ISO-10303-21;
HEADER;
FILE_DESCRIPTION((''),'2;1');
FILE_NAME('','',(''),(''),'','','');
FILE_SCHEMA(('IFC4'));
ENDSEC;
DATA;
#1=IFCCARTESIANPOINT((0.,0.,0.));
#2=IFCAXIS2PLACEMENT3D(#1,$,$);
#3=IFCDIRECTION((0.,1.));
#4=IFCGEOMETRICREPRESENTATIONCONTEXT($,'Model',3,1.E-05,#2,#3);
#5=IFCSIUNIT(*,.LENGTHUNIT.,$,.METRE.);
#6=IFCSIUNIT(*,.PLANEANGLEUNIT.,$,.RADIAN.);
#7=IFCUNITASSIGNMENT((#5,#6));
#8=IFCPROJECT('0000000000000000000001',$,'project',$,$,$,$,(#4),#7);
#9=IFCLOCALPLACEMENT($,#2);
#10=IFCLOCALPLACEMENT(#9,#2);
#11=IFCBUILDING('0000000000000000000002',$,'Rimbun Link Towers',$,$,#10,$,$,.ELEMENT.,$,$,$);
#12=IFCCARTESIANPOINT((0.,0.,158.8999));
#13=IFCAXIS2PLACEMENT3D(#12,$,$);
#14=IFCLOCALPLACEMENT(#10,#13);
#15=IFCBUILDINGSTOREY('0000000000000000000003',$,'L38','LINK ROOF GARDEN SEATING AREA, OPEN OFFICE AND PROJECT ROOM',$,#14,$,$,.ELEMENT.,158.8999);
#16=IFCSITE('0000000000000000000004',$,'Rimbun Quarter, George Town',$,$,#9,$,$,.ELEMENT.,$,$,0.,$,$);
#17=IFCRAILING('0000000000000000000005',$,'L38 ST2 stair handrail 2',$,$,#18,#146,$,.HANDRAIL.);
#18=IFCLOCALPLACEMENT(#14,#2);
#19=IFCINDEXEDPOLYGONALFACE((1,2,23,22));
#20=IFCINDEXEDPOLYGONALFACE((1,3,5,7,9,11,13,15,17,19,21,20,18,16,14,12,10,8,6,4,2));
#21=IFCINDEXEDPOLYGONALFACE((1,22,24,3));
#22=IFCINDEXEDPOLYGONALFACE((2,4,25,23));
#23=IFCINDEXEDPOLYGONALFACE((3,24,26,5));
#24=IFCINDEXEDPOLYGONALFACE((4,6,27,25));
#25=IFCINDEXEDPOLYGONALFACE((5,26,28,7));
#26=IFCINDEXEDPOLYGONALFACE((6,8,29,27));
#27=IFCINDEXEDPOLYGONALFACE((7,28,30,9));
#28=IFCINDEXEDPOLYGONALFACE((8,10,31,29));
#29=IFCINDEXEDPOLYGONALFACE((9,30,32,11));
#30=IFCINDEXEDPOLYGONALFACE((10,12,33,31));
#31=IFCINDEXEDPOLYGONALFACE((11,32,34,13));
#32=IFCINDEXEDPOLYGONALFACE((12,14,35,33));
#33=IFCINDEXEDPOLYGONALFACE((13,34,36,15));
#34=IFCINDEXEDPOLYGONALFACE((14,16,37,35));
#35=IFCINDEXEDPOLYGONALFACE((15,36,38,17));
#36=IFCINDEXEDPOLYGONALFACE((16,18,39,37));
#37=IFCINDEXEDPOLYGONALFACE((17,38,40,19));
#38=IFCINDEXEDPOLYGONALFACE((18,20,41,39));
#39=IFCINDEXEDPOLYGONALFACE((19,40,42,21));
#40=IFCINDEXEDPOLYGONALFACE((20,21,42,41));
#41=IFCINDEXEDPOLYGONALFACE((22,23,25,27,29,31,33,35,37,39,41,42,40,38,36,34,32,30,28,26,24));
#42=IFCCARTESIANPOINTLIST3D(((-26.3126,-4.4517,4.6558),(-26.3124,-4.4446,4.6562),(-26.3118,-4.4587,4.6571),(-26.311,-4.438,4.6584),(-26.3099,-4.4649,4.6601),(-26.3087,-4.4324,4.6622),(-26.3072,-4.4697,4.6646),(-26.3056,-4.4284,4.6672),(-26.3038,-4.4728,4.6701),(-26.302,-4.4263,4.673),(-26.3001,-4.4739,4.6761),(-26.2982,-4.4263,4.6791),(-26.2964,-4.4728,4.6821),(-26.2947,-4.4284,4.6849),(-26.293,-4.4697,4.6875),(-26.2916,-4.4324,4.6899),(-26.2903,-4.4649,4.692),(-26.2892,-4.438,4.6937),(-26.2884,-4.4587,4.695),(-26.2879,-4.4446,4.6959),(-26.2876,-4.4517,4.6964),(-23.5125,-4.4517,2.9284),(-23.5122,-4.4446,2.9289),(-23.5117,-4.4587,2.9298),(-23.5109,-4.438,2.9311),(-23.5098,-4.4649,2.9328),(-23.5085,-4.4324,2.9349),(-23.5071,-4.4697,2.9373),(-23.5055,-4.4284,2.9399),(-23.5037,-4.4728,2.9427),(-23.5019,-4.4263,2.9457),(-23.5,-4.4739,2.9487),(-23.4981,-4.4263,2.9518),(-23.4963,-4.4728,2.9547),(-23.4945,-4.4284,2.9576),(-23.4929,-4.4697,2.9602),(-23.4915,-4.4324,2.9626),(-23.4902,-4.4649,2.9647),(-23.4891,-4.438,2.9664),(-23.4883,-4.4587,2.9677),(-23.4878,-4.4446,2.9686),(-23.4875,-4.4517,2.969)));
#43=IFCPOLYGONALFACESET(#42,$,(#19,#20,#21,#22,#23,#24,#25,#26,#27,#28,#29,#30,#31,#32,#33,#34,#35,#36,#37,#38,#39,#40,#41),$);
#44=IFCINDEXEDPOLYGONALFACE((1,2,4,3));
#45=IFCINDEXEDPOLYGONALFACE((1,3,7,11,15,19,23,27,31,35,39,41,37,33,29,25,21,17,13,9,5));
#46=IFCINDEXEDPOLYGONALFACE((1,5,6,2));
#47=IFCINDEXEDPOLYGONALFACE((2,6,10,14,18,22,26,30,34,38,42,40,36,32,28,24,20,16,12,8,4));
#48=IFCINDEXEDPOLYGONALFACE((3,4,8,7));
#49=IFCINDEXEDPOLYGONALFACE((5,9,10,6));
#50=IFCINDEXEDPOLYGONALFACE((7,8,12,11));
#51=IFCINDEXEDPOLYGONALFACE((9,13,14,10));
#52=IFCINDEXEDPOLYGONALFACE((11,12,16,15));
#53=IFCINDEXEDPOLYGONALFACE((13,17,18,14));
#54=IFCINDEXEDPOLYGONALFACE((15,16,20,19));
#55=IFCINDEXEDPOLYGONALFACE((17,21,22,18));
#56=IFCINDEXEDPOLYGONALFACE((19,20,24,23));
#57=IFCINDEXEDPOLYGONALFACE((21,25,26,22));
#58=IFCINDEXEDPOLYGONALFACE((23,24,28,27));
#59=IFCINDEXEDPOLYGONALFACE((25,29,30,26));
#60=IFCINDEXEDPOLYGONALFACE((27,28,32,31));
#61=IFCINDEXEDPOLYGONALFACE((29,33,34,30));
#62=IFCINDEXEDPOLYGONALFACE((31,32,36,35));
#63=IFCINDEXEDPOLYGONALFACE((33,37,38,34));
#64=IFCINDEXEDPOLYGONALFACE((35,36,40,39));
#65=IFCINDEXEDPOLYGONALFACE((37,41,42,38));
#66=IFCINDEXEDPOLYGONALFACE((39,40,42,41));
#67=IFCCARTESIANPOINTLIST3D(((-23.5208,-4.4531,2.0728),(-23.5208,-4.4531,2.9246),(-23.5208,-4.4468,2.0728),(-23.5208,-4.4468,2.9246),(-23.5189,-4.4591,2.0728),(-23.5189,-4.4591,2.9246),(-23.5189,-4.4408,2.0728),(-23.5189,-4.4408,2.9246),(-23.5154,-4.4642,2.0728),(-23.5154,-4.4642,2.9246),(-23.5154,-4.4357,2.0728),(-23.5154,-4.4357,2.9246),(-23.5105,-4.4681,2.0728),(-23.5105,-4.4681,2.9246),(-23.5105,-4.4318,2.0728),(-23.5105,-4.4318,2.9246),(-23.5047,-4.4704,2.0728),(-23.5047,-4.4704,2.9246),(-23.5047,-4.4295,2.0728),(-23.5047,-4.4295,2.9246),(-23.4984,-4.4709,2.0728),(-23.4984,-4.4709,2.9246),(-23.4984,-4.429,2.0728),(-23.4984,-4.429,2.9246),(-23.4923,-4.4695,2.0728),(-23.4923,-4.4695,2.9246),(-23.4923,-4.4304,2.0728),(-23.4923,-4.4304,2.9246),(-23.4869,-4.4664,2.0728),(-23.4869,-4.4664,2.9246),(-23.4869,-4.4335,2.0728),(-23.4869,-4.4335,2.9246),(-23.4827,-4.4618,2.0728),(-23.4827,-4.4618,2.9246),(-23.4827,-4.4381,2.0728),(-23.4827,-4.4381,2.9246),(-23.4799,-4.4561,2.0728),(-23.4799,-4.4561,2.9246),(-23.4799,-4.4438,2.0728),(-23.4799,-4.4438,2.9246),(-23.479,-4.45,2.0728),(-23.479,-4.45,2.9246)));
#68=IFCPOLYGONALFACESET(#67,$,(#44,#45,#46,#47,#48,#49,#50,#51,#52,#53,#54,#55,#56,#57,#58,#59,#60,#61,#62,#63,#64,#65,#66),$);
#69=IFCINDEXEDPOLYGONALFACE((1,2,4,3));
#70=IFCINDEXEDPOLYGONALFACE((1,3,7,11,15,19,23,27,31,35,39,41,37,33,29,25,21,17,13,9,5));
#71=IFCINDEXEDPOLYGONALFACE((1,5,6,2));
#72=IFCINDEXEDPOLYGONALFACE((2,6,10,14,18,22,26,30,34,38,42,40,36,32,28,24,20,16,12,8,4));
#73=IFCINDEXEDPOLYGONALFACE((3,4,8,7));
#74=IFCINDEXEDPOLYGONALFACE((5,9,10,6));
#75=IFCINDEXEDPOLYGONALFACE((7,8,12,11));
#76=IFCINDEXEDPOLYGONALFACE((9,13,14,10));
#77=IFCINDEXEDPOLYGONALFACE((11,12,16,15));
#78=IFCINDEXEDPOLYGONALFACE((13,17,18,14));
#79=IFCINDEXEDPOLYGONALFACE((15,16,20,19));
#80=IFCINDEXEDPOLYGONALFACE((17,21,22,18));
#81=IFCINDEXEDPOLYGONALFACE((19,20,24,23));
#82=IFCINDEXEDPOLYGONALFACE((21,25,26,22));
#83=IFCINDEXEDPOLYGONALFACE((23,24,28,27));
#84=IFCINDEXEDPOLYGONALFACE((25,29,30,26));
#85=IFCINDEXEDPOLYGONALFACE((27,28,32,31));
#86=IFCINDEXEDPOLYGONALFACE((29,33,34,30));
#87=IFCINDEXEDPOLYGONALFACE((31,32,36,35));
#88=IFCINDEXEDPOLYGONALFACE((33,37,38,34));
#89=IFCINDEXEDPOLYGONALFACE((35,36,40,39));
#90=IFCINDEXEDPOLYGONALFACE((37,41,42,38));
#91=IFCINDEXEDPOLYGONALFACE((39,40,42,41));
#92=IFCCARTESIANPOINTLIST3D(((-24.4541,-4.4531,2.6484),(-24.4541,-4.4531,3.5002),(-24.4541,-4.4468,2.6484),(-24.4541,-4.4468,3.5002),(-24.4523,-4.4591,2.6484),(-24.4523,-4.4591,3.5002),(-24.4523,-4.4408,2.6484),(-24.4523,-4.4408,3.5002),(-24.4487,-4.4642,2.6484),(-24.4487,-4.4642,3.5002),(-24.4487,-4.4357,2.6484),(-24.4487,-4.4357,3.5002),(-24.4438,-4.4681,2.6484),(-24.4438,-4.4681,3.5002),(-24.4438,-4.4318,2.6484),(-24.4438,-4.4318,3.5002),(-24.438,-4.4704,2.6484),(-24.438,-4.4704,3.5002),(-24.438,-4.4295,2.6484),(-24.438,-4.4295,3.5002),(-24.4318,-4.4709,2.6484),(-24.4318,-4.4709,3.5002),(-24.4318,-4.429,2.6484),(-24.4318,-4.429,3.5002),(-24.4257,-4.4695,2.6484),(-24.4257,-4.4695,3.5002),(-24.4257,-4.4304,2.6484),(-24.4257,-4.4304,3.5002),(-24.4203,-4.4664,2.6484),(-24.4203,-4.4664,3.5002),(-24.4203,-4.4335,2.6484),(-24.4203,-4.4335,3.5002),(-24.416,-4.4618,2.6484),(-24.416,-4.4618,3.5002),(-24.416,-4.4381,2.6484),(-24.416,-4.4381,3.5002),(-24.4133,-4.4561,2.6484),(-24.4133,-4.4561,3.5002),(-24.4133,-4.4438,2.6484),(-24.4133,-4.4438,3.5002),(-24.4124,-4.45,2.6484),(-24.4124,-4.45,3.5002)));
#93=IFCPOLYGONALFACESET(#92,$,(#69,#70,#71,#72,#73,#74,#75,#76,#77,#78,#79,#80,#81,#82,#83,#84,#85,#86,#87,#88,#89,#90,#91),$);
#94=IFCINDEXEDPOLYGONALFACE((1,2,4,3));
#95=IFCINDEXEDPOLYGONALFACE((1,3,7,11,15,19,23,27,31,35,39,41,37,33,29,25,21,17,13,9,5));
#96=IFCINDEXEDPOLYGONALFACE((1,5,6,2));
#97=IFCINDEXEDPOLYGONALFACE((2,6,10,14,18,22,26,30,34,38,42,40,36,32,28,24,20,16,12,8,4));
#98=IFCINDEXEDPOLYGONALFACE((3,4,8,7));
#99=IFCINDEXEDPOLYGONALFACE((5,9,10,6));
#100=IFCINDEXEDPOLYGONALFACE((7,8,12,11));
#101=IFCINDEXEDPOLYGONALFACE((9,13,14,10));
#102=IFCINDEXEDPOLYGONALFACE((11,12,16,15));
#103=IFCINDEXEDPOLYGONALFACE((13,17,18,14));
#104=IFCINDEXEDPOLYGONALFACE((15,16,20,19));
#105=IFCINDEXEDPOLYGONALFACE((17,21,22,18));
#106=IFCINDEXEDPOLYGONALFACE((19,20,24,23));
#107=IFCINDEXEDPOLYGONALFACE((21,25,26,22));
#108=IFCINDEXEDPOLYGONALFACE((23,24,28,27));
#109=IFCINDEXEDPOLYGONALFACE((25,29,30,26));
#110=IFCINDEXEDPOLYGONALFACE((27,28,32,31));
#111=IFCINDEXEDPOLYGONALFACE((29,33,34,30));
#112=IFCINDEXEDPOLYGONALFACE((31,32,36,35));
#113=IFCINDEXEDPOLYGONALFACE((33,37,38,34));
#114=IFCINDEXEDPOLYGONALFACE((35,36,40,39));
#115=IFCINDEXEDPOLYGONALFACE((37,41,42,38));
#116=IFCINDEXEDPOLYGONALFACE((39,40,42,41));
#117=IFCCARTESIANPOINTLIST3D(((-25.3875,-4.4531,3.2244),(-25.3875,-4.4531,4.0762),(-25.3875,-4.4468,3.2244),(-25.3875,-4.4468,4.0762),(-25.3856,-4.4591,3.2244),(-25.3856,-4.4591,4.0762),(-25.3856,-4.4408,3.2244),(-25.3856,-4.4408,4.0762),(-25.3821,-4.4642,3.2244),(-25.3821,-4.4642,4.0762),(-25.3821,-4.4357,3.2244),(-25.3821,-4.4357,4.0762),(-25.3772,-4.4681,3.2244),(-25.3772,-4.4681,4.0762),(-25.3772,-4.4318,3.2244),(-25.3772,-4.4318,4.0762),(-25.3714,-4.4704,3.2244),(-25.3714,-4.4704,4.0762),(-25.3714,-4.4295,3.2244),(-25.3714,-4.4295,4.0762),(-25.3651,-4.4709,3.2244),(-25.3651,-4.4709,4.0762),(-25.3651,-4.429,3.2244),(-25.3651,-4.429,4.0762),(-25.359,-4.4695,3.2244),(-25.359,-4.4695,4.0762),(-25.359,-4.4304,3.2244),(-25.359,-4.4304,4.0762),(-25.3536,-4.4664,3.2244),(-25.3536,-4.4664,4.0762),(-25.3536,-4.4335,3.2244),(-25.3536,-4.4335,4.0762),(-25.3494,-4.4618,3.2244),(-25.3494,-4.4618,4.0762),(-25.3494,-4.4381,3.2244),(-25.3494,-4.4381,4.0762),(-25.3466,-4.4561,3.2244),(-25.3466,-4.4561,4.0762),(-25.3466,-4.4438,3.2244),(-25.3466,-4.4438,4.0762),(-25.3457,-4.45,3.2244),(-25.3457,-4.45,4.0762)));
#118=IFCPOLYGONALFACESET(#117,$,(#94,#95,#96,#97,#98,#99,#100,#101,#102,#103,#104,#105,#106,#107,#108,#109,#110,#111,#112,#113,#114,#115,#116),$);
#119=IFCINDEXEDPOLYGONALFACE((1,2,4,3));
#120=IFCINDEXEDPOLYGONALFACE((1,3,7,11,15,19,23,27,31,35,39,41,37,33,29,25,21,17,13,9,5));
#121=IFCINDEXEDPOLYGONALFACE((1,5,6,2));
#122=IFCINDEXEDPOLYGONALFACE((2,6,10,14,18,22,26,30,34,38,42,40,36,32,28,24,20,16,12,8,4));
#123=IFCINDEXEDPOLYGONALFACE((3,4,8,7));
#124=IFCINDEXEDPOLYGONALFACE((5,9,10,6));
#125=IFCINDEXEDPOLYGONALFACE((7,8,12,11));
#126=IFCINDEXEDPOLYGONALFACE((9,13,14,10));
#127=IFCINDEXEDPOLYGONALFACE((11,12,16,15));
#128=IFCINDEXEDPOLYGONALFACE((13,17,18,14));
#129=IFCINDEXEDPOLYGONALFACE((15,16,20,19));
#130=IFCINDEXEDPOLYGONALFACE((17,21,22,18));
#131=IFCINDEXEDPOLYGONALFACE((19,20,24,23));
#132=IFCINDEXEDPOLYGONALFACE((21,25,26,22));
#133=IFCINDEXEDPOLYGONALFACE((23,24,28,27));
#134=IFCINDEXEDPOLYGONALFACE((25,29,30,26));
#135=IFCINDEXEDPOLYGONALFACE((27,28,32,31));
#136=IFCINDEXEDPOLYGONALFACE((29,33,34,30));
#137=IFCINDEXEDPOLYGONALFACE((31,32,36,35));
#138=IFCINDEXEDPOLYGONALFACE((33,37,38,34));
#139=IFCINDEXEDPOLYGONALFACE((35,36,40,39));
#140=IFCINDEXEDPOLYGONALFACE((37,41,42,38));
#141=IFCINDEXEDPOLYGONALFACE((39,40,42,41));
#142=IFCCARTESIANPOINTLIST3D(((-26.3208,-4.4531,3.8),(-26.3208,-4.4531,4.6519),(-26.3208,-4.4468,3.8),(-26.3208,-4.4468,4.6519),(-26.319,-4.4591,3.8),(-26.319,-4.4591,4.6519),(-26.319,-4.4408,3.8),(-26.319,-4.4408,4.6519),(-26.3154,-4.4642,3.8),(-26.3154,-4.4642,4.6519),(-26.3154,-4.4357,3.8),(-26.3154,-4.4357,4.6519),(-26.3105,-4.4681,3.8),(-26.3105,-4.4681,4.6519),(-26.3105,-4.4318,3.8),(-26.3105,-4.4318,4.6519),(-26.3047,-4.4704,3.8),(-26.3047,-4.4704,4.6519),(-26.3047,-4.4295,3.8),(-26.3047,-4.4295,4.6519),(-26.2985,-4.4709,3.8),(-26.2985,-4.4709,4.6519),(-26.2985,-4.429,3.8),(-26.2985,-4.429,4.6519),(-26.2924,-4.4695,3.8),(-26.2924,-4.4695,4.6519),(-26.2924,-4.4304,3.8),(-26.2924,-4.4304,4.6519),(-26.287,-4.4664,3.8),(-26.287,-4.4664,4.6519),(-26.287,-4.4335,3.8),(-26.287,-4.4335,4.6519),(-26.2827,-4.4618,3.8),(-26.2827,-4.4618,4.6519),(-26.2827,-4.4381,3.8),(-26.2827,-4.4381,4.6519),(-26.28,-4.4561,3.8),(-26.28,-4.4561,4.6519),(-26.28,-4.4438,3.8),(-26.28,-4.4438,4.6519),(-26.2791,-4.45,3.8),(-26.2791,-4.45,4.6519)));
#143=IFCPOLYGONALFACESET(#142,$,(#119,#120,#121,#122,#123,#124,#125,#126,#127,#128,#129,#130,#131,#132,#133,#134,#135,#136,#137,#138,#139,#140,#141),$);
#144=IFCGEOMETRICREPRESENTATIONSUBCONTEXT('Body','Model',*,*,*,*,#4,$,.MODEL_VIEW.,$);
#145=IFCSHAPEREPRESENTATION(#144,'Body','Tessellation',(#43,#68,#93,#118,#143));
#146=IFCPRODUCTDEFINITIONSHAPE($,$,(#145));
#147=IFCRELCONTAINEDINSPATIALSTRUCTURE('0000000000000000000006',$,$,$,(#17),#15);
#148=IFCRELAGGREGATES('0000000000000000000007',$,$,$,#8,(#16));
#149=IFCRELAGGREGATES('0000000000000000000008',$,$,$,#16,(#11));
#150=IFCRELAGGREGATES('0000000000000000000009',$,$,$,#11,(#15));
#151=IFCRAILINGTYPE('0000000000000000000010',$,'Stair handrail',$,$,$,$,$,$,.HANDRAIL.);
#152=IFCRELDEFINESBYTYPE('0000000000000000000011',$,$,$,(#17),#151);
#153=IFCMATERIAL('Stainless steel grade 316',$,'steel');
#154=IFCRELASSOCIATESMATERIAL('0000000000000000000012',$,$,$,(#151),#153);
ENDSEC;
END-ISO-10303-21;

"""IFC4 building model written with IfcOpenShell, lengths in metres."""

from ifc_helpers import new_model, si_unit, direction, frame, origin, origin_2d, place, context, subcontext, project, spatial, circle, extrude, material, type_object, element, save


model = new_model("IFC4")

# Units and contexts
model_context = context("Model", 3, precision=1e-05, world=origin(), true_north=direction((0.0, 1.0)))
body_context = subcontext(model_context, "Body", "Model", "MODEL_VIEW")
ifc_project = project(units=[si_unit("LENGTHUNIT", "METRE"), si_unit("PLANEANGLEUNIT", "RADIAN")], contexts=[model_context])

# Site, building, storey
site_placement = place(None, origin())
site = spatial("IfcSite", under=ifc_project, at=site_placement, Name="Rimbun Quarter, George Town", CompositionType="ELEMENT", RefElevation=0.0)
building_placement = place(site_placement, origin())
building = spatial("IfcBuilding", under=site, at=building_placement, Name="Rimbun Link Towers", CompositionType="ELEMENT")
storey_placement = place(building_placement, frame((0.0, 0.0, 158.8999)))
storey = spatial("IfcBuildingStorey", under=building, at=storey_placement, Name="L38", Description="LINK ROOF GARDEN SEATING AREA, OPEN OFFICE AND PROJECT ROOM", CompositionType="ELEMENT", Elevation=158.8999)

# Railing
ifc_material_1 = material(Name="Stainless steel grade 316", Category="steel")
railing_type_1 = type_object("IfcRailingType", Name="Stair handrail", PredefinedType="HANDRAIL", material=ifc_material_1)
railing_1_placement = place(storey_placement, frame((-23.5, -4.45, 2.0728)))
element("IfcRailing", 1, at=railing_1_placement, inside=storey, type_object=railing_type_1, Name="L38 ST2 stair handrail 2", PredefinedType="HANDRAIL", context=body_context, shape_type="SweptSolid", body=[
    extrude(circle(Radius=0.0239, at=origin_2d()), frame((0.0, 0.0, 0.876), z_axis=(-0.85109, 0.0, 0.52502), x_axis=(0.0, -1.0, 0.0)), (0.0, 0.0, 1.0), 3.29),
    extrude(circle(Radius=0.021, at=origin_2d()), origin(), (0.0, 0.0, 1.0), 0.8518),
    extrude(circle(Radius=0.021, at=origin_2d()), frame((-0.9333, 0.0, 0.5757)), (0.0, 0.0, 1.0), 0.8518),
    extrude(circle(Radius=0.021, at=origin_2d()), frame((-1.8667, 0.0, 1.1516)), (0.0, 0.0, 1.0), 0.8518),
    extrude(circle(Radius=0.021, at=origin_2d()), frame((-2.8, 0.0, 1.7273)), (0.0, 0.0, 1.0), 0.8518),
])

save(model, "model.ifc")
